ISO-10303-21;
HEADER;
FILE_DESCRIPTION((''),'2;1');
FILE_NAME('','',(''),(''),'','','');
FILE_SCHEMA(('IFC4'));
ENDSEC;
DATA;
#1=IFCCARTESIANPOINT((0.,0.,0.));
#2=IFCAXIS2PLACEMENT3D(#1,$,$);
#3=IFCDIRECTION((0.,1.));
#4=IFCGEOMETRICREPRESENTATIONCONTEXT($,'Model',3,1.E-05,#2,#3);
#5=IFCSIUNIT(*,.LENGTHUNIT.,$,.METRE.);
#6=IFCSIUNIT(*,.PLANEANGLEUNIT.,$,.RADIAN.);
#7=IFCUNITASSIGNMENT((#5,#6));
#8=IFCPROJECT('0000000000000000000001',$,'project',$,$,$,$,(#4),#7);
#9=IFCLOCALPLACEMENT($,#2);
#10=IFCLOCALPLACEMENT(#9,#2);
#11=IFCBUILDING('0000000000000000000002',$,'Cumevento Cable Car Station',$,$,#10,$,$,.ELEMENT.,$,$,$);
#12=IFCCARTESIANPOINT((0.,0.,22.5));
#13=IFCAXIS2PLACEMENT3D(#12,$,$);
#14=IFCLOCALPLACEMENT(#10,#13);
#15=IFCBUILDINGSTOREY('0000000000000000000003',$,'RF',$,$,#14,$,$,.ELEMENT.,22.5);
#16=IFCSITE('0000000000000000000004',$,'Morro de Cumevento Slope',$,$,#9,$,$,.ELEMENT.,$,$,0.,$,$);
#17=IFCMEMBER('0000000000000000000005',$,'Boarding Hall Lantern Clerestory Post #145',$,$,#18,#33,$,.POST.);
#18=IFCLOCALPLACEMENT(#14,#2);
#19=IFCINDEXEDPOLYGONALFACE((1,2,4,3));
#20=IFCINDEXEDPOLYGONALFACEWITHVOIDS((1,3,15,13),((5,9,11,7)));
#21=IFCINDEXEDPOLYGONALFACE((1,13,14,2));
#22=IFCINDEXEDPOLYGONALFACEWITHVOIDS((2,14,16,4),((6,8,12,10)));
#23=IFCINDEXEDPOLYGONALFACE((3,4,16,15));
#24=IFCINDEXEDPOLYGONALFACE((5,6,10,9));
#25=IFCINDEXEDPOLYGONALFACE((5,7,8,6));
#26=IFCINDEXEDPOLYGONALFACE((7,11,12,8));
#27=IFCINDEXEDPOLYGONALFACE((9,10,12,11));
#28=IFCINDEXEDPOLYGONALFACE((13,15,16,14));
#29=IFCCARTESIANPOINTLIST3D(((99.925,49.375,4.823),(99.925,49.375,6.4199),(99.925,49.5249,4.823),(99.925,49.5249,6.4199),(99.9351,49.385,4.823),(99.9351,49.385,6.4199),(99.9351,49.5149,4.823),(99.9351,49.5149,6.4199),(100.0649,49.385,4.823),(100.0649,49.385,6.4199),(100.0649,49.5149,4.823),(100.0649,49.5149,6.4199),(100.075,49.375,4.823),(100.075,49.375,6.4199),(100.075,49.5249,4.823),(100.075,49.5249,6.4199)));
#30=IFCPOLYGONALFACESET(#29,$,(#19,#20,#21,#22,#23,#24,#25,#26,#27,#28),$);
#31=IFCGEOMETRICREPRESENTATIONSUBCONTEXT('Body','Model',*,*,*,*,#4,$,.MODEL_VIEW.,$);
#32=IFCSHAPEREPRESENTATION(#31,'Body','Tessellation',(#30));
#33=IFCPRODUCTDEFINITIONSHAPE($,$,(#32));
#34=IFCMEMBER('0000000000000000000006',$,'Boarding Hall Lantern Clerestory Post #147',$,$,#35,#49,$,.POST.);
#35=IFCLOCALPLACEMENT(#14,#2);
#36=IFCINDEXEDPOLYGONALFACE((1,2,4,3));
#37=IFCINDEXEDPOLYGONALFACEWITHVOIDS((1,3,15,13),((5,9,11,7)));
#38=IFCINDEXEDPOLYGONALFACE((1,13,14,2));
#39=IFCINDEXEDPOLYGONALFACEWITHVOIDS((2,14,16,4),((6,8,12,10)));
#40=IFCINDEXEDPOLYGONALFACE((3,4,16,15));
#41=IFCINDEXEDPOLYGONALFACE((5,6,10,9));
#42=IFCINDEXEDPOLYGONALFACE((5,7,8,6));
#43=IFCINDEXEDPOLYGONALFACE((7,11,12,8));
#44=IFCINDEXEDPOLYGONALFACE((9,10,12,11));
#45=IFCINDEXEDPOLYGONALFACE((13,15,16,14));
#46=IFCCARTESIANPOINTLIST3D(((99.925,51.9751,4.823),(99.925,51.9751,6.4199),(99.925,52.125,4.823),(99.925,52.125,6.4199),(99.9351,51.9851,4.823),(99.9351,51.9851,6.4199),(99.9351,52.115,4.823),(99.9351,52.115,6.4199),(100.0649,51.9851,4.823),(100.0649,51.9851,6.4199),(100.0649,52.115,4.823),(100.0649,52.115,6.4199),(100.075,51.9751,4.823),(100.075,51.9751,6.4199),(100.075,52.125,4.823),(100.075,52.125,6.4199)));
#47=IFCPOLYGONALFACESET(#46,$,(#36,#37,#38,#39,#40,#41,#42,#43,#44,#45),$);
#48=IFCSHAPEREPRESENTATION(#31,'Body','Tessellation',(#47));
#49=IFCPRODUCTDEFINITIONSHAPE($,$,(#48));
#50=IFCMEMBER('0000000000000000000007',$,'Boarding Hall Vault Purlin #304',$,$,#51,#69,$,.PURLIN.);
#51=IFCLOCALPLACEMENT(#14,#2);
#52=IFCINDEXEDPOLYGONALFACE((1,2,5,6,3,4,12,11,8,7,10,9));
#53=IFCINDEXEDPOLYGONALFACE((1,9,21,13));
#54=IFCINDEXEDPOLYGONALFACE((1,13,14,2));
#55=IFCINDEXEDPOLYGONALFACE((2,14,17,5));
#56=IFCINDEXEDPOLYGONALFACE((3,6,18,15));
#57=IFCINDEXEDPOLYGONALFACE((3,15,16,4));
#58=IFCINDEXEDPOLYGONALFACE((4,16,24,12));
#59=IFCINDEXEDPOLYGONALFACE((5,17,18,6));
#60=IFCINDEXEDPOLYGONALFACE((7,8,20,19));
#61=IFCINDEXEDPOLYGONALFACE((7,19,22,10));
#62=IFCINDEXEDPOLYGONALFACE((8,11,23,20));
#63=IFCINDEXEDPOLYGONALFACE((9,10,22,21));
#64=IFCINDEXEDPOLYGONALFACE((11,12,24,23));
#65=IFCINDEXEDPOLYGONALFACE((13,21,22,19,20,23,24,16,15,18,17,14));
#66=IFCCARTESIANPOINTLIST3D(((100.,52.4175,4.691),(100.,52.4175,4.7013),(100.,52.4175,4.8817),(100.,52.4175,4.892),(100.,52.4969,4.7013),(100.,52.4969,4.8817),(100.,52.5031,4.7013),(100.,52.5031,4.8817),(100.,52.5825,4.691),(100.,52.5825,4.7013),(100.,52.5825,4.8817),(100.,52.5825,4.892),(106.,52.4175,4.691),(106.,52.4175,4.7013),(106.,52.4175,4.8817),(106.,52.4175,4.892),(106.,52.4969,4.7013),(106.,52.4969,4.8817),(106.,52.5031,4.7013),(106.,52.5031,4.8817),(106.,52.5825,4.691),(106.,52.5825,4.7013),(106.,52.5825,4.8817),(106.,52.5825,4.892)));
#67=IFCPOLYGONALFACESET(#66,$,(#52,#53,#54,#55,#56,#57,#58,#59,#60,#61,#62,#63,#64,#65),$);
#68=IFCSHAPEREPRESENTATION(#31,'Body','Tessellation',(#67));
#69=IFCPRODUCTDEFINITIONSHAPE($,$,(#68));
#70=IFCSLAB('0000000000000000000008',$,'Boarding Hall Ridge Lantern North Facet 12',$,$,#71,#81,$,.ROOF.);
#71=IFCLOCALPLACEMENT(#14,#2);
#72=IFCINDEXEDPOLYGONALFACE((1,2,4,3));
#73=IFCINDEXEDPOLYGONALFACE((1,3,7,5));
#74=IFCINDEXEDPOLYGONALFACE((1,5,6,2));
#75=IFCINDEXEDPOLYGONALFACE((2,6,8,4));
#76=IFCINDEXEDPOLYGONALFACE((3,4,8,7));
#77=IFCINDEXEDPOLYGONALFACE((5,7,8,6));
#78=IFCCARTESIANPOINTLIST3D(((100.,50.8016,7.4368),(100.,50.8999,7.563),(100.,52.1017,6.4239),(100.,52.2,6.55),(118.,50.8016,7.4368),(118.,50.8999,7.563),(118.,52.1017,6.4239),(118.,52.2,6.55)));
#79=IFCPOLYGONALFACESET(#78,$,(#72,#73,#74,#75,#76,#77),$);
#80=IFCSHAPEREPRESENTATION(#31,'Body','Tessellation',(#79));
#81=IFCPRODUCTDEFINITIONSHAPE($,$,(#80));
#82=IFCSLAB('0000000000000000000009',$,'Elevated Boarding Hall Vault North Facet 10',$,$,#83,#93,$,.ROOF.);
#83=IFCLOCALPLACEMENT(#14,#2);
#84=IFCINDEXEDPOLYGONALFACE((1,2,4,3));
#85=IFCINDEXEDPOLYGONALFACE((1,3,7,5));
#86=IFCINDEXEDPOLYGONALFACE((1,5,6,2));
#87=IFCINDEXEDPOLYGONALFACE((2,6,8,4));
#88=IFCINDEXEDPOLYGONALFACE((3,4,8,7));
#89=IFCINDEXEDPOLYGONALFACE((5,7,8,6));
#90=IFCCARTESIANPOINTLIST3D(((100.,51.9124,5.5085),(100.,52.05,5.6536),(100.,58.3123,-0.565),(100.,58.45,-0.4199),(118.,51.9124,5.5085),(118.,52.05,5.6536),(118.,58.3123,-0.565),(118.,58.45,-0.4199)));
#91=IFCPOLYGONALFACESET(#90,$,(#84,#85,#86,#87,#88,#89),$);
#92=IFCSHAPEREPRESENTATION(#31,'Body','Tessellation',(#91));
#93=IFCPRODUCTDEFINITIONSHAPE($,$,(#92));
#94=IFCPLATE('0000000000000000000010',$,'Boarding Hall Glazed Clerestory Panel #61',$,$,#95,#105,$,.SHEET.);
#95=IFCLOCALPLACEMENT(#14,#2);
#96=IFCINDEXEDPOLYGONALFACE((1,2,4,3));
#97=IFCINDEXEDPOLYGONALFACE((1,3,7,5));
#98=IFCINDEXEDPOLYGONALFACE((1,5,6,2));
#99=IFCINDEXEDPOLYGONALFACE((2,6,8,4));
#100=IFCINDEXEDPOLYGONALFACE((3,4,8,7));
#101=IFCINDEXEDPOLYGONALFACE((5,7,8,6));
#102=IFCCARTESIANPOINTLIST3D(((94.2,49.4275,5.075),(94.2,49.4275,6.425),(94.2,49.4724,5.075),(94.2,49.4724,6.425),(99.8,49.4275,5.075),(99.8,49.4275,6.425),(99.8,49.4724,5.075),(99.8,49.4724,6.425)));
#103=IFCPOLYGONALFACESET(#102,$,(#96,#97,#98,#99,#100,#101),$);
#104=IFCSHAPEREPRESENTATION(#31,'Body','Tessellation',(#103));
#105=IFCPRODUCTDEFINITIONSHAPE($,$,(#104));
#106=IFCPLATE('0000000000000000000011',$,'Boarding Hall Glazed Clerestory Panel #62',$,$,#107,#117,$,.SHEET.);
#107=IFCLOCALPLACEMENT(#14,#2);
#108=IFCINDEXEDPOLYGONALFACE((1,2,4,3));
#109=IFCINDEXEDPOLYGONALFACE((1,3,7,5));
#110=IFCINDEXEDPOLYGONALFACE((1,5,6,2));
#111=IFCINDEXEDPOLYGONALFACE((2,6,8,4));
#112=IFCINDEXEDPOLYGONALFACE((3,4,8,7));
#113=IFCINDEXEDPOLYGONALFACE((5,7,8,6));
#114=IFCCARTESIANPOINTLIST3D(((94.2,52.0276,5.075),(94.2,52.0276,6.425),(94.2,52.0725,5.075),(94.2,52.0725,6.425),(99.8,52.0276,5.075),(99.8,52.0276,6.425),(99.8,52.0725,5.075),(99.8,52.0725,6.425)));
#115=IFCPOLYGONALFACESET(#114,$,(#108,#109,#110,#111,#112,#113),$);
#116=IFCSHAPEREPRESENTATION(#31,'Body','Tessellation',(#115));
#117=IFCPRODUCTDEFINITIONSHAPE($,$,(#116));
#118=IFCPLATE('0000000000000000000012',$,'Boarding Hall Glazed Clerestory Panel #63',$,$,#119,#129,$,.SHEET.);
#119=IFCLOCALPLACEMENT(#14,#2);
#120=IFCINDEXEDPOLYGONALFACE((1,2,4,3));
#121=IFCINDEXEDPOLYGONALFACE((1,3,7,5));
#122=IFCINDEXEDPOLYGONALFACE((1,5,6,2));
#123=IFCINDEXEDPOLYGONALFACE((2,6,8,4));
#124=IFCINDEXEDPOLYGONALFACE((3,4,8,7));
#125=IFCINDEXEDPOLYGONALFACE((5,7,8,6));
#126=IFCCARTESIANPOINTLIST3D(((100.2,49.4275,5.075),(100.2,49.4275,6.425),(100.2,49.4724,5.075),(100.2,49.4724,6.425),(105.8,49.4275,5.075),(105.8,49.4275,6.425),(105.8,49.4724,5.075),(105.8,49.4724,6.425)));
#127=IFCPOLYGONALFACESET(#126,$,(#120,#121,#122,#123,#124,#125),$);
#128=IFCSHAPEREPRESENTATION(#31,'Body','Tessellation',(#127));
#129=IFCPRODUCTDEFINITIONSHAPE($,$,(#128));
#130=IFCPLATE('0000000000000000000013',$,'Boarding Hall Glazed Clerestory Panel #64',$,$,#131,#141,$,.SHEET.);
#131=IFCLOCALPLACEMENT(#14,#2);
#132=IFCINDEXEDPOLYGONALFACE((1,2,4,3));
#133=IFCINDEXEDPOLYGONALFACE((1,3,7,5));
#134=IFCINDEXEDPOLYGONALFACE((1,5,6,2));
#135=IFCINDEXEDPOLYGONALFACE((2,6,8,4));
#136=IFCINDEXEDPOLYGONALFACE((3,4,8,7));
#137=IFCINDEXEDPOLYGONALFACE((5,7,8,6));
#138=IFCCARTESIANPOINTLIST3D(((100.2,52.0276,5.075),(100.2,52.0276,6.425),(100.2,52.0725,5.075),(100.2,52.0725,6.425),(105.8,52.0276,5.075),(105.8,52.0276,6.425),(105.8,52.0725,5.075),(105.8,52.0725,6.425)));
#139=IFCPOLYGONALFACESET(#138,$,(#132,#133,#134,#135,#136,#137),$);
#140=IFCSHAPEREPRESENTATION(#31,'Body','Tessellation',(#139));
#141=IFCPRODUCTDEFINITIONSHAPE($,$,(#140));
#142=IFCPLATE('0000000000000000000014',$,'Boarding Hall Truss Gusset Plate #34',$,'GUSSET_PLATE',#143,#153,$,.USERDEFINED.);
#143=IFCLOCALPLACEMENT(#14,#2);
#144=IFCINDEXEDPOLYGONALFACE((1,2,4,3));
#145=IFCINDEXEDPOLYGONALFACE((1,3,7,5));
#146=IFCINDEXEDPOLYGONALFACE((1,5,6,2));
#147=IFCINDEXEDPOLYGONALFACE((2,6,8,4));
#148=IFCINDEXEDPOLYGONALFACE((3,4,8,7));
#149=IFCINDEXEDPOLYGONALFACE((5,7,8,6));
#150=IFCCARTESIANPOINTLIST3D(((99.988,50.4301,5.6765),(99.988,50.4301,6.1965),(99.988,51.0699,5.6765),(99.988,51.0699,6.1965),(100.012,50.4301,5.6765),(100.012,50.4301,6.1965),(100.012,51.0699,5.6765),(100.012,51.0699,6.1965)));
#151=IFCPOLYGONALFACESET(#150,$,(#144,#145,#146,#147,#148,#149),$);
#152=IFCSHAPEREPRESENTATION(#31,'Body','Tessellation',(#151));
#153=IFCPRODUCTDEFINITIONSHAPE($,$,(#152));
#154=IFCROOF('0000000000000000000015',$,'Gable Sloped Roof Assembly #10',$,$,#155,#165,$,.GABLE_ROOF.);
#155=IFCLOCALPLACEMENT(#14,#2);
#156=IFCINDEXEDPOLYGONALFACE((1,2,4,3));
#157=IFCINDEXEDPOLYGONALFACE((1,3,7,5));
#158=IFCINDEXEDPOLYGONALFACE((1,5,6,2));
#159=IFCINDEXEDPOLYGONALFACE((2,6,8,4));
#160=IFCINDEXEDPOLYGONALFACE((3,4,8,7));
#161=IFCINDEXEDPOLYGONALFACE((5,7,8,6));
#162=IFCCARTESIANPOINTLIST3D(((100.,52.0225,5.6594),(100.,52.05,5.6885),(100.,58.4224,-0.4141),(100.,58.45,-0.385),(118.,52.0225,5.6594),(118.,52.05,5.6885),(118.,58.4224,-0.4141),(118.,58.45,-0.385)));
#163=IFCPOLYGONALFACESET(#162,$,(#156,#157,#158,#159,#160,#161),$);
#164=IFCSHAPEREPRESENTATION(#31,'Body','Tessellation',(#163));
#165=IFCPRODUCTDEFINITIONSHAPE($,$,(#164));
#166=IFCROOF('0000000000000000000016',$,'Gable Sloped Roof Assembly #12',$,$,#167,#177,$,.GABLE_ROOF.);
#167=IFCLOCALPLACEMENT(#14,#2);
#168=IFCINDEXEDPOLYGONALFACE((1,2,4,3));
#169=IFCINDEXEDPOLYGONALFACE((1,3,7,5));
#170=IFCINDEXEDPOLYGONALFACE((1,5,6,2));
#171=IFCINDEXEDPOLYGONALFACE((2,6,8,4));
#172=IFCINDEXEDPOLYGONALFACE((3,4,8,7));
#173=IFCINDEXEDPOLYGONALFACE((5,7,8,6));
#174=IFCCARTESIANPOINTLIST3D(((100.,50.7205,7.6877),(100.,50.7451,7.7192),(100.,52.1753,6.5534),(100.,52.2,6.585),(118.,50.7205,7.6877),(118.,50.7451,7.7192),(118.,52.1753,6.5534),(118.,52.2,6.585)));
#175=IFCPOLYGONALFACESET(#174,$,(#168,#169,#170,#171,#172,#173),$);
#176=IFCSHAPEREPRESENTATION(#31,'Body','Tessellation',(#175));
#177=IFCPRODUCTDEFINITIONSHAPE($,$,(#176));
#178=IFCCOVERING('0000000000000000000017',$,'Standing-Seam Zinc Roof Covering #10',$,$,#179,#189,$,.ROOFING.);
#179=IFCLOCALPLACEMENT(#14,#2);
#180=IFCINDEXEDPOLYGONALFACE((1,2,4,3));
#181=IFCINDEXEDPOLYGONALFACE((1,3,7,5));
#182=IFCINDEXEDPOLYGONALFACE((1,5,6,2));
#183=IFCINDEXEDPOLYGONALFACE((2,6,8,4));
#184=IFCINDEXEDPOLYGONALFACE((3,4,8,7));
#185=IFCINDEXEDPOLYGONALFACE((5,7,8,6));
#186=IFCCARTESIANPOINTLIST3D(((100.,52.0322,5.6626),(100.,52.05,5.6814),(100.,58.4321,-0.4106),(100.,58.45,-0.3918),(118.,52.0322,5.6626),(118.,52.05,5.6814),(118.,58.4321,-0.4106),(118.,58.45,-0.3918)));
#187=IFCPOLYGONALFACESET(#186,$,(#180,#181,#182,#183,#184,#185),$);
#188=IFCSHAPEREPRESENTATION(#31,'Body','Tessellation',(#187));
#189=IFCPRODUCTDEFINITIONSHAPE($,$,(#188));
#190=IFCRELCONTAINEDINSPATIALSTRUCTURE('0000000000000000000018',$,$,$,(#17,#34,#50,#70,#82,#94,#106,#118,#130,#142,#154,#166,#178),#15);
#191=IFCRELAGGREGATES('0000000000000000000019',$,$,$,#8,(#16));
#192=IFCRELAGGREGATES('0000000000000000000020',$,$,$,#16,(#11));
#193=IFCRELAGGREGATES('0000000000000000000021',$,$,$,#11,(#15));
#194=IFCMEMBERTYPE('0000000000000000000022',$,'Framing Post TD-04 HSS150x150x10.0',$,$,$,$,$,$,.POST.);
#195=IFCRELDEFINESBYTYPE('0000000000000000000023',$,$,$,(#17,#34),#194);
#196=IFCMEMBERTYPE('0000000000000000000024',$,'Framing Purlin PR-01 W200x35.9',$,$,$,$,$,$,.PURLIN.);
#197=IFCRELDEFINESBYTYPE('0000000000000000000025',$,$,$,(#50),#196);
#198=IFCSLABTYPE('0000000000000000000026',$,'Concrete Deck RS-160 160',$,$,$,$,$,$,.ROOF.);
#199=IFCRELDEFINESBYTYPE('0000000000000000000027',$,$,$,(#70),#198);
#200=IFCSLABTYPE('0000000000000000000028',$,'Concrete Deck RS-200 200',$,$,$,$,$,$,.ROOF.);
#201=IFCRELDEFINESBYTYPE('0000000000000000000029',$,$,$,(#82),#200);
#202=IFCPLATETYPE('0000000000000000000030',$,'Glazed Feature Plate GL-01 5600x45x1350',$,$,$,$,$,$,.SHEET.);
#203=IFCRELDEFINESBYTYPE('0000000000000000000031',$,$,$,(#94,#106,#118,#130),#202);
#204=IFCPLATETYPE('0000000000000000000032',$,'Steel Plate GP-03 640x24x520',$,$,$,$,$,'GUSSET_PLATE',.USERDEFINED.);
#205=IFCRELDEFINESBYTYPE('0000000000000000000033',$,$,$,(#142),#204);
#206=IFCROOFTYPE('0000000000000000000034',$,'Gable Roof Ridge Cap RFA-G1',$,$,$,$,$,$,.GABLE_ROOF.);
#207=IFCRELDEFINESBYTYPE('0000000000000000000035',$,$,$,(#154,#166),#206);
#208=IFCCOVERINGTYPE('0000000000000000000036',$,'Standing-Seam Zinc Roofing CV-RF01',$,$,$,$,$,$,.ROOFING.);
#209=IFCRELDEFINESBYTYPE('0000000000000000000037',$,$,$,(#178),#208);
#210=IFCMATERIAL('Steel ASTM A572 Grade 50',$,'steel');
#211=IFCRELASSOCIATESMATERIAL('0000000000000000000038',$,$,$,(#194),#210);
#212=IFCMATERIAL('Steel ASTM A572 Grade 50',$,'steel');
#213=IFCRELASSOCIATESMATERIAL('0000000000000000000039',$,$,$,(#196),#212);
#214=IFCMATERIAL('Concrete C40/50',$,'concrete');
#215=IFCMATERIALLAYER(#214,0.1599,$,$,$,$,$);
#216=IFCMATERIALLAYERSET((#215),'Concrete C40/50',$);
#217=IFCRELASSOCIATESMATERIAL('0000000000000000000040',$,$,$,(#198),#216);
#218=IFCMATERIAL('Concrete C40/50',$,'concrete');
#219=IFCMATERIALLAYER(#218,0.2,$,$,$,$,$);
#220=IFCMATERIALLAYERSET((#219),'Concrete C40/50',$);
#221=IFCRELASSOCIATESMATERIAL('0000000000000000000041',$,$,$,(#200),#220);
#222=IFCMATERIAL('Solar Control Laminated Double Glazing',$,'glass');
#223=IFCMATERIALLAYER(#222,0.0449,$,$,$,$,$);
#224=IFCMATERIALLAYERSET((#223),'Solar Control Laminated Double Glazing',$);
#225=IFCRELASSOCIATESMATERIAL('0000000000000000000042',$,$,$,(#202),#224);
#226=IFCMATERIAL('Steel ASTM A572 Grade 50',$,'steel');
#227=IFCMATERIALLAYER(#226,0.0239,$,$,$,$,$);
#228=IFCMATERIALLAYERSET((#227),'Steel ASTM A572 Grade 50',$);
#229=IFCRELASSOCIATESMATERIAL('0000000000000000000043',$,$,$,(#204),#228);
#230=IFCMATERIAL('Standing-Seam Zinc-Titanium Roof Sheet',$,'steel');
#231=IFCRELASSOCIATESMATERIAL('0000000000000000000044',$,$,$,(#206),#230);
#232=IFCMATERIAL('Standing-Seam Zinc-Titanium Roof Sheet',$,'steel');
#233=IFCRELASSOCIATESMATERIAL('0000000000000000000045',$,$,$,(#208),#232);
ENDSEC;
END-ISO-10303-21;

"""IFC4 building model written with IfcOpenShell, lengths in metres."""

from ifc_helpers import new_model, si_unit, direction, frame, origin, origin_2d, place, context, subcontext, project, spatial, polyline, rectangle, hollow_rectangle, i_section, outline, extrude, material, layer, layer_set, material_profile, profile_set, type_object, element, save


model = new_model("IFC4")

# Units and contexts
model_context = context("Model", 3, precision=1e-05, world=origin(), true_north=direction((0.0, 1.0)))
body_context = subcontext(model_context, "Body", "Model", "MODEL_VIEW")
ifc_project = project(units=[si_unit("LENGTHUNIT", "METRE"), si_unit("PLANEANGLEUNIT", "RADIAN")], contexts=[model_context])

# Site, building, storey
site_placement = place(None, origin())
site = spatial("IfcSite", under=ifc_project, at=site_placement, Name="Morro de Cumevento Slope", CompositionType="ELEMENT", RefElevation=0.0)
building_placement = place(site_placement, origin())
building = spatial("IfcBuilding", under=site, at=building_placement, Name="Cumevento Cable Car Station", CompositionType="ELEMENT")
storey_placement = place(building_placement, frame((0.0, 0.0, 22.5)))
storey = spatial("IfcBuildingStorey", under=building, at=storey_placement, Name="RF", CompositionType="ELEMENT", Elevation=22.5)

# Members
ifc_material_1 = material(Name="Steel ASTM A572 Grade 50", Category="steel")
ifc_material_profile_1 = material_profile(ifc_material_1, hollow_rectangle(XDim=0.1499, YDim=0.1499, WallThickness=0.01, at=origin_2d()), Name="HSS150x150x10.0")
ifc_profile_set_1 = profile_set([ifc_material_profile_1], Name="Steel ASTM A572 Grade 50")
member_type_1 = type_object("IfcMemberType", Name="Framing Post TD-04 HSS150x150x10.0", PredefinedType="POST", material=ifc_profile_set_1)
for number, where, z_axis, x_axis, name in (
    (1, (100.0, 49.45, 4.823), (0.0, 0.0, 1.0), (1.0, 0.0, 0.0), "Boarding Hall Lantern Clerestory Post #145"),
    (2, (100.0, 52.05, 4.823), (0.0, 0.0, 1.0), (1.0, 0.0, 0.0), "Boarding Hall Lantern Clerestory Post #147"),
):
    element("IfcMember", number, at=place(storey_placement, frame(where, z_axis=z_axis, x_axis=x_axis)), inside=storey, type_object=member_type_1, Name=name, PredefinedType="POST", context=body_context, shape_type="SweptSolid", body=[
        extrude(hollow_rectangle(XDim=0.1499, YDim=0.1499, WallThickness=0.01, at=origin_2d()), origin(), (0.0, 0.0, 1.0), 1.5969),
    ])
ifc_material_2 = material(Name="Steel ASTM A572 Grade 50", Category="steel")
ifc_material_profile_2 = material_profile(ifc_material_2, i_section(OverallWidth=0.165, OverallDepth=0.2009, WebThickness=0.0061, FlangeThickness=0.0103, at=origin_2d()), Name="W200x35.9")
ifc_profile_set_2 = profile_set([ifc_material_profile_2], Name="Steel ASTM A572 Grade 50")
member_type_2 = type_object("IfcMemberType", Name="Framing Purlin PR-01 W200x35.9", PredefinedType="PURLIN", material=ifc_profile_set_2)
member_1_placement = place(storey_placement, frame((100.0, 52.5, 4.7915), z_axis=(1.0, 0.0, 0.0), x_axis=(0.0, 1.0, 0.0)))
element("IfcMember", 3, at=member_1_placement, inside=storey, type_object=member_type_2, Name="Boarding Hall Vault Purlin #304", PredefinedType="PURLIN", context=body_context, shape_type="SweptSolid", body=[
    extrude(i_section(OverallWidth=0.165, OverallDepth=0.2009, WebThickness=0.0061, FlangeThickness=0.0103, at=origin_2d()), origin(), (0.0, 0.0, 1.0), 6.0),
])

# Slabs
ifc_material_3 = material(Name="Concrete C40/50", Category="concrete")
ifc_layer_1 = layer(ifc_material_3, 0.1599)
ifc_layer_set_1 = layer_set([ifc_layer_1], Name="Concrete C40/50")
slab_type_1 = type_object("IfcSlabType", Name="Concrete Deck RS-160 160", PredefinedType="ROOF", material=ifc_layer_set_1)
slab_1_placement = place(storey_placement, frame((100.0, 50.8999, 7.563), z_axis=(0.0, 0.614617, 0.788825), x_axis=(1.0, 0.0, 0.0)))
element("IfcSlab", 4, at=slab_1_placement, inside=storey, type_object=slab_type_1, Name="Boarding Hall Ridge Lantern North Facet 12", PredefinedType="ROOF", context=body_context, shape_type="SweptSolid", body=[
    extrude(outline(polyline([(0.0, 0.0), (18.0, 0.0), (18.0, 1.6481), (0.0, 1.6481), (0.0, 0.0)])), origin(), (0.0, 0.0, -1.0), 0.1599),
])
ifc_material_4 = material(Name="Concrete C40/50", Category="concrete")
ifc_layer_2 = layer(ifc_material_4, 0.2)
ifc_layer_set_2 = layer_set([ifc_layer_2], Name="Concrete C40/50")
slab_type_2 = type_object("IfcSlabType", Name="Concrete Deck RS-200 200", PredefinedType="ROOF", material=ifc_layer_set_2)
slab_2_placement = place(storey_placement, frame((100.0, 52.05, 5.6536), z_axis=(0.0, 0.688367, 0.725363), x_axis=(1.0, 0.0, 0.0)))
element("IfcSlab", 5, at=slab_2_placement, inside=storey, type_object=slab_type_2, Name="Elevated Boarding Hall Vault North Facet 10", PredefinedType="ROOF", context=body_context, shape_type="SweptSolid", body=[
    extrude(outline(polyline([(0.0, 0.0), (18.0, 0.0), (18.0, 8.823), (0.0, 8.823), (0.0, 0.0)])), origin(), (0.0, 0.0, -1.0), 0.2),
])

# Plates
ifc_material_5 = material(Name="Solar Control Laminated Double Glazing", Category="glass")
ifc_layer_3 = layer(ifc_material_5, 0.0449)
ifc_layer_set_3 = layer_set([ifc_layer_3], Name="Solar Control Laminated Double Glazing")
plate_type_1 = type_object("IfcPlateType", Name="Glazed Feature Plate GL-01 5600x45x1350", PredefinedType="SHEET", material=ifc_layer_set_3)
for number, where, z_axis, x_axis, name in (
    (6, (97.0, 49.45, 5.075), (0.0, 0.0, 1.0), (1.0, 0.0, 0.0), "Boarding Hall Glazed Clerestory Panel #61"),
    (7, (97.0, 52.05, 5.075), (0.0, 0.0, 1.0), (1.0, 0.0, 0.0), "Boarding Hall Glazed Clerestory Panel #62"),
    (8, (103.0, 49.45, 5.075), (0.0, 0.0, 1.0), (1.0, 0.0, 0.0), "Boarding Hall Glazed Clerestory Panel #63"),
    (9, (103.0, 52.05, 5.075), (0.0, 0.0, 1.0), (1.0, 0.0, 0.0), "Boarding Hall Glazed Clerestory Panel #64"),
):
    element("IfcPlate", number, at=place(storey_placement, frame(where, z_axis=z_axis, x_axis=x_axis)), inside=storey, type_object=plate_type_1, Name=name, PredefinedType="SHEET", context=body_context, shape_type="SweptSolid", body=[
        extrude(rectangle(XDim=5.6001, YDim=0.0449, at=origin_2d()), origin(), (0.0, 0.0, 1.0), 1.3501),
    ])
ifc_material_6 = material(Name="Steel ASTM A572 Grade 50", Category="steel")
ifc_layer_4 = layer(ifc_material_6, 0.0239)
ifc_layer_set_4 = layer_set([ifc_layer_4], Name="Steel ASTM A572 Grade 50")
plate_type_2 = type_object("IfcPlateType", Name="Steel Plate GP-03 640x24x520", ElementType="GUSSET_PLATE", PredefinedType="USERDEFINED", material=ifc_layer_set_4)
plate_placement = place(storey_placement, frame((100.0, 50.75, 5.6765), z_axis=(0.0, 0.0, 1.0), x_axis=(0.0, 1.0, 0.0)))
element("IfcPlate", 10, at=plate_placement, inside=storey, type_object=plate_type_2, Name="Boarding Hall Truss Gusset Plate #34", ObjectType="GUSSET_PLATE", PredefinedType="USERDEFINED", context=body_context, shape_type="SweptSolid", body=[
    extrude(rectangle(XDim=0.6399, YDim=0.0239, at=origin_2d()), origin(), (0.0, 0.0, 1.0), 0.52),
])

# Roofs
ifc_material_7 = material(Name="Standing-Seam Zinc-Titanium Roof Sheet", Category="steel")
roof_type = type_object("IfcRoofType", Name="Gable Roof Ridge Cap RFA-G1", PredefinedType="GABLE_ROOF", material=ifc_material_7)
roof_1_placement = place(storey_placement, frame((100.0, 52.05, 5.6885), z_axis=(0.0, 0.688367, 0.725363), x_axis=(1.0, 0.0, 0.0)))
element("IfcRoof", 11, at=roof_1_placement, inside=storey, type_object=roof_type, Name="Gable Sloped Roof Assembly #10", PredefinedType="GABLE_ROOF", context=body_context, shape_type="SweptSolid", body=[
    extrude(outline(polyline([(0.0, 0.0), (18.0, 0.0), (18.0, 8.823), (0.0, 8.823), (0.0, 0.0)])), origin(), (0.0, 0.0, -1.0), 0.04),
])
roof_2_placement = place(storey_placement, frame((100.0, 50.7451, 7.7192), z_axis=(0.0, 0.614866, 0.788632), x_axis=(1.0, 0.0, 0.0)))
element("IfcRoof", 12, at=roof_2_placement, inside=storey, type_object=roof_type, Name="Gable Sloped Roof Assembly #12", PredefinedType="GABLE_ROOF", context=body_context, shape_type="SweptSolid", body=[
    extrude(outline(polyline([(0.0, 0.0), (18.0, 0.0), (18.0, 1.8448), (0.0, 1.8448), (0.0, 0.0)])), origin(), (0.0, 0.0, -1.0), 0.04),
])

# Covering
ifc_material_8 = material(Name="Standing-Seam Zinc-Titanium Roof Sheet", Category="steel")
covering_type_1 = type_object("IfcCoveringType", Name="Standing-Seam Zinc Roofing CV-RF01", PredefinedType="ROOFING", material=ifc_material_8)
covering_1_placement = place(storey_placement, frame((100.0, 52.05, 5.6814), z_axis=(0.0, 0.688352, 0.725377), x_axis=(1.0, 0.0, 0.0)))
element("IfcCovering", 13, at=covering_1_placement, inside=storey, type_object=covering_type_1, Name="Standing-Seam Zinc Roof Covering #10", PredefinedType="ROOFING", context=body_context, shape_type="SweptSolid", body=[
    extrude(outline(polyline([(0.0, 0.0), (18.0, 0.0), (18.0, 8.8229), (0.0, 8.8229), (0.0, 0.0)])), origin(), (0.0, 0.0, -1.0), 0.0259),
])

save(model, "model.ifc")
